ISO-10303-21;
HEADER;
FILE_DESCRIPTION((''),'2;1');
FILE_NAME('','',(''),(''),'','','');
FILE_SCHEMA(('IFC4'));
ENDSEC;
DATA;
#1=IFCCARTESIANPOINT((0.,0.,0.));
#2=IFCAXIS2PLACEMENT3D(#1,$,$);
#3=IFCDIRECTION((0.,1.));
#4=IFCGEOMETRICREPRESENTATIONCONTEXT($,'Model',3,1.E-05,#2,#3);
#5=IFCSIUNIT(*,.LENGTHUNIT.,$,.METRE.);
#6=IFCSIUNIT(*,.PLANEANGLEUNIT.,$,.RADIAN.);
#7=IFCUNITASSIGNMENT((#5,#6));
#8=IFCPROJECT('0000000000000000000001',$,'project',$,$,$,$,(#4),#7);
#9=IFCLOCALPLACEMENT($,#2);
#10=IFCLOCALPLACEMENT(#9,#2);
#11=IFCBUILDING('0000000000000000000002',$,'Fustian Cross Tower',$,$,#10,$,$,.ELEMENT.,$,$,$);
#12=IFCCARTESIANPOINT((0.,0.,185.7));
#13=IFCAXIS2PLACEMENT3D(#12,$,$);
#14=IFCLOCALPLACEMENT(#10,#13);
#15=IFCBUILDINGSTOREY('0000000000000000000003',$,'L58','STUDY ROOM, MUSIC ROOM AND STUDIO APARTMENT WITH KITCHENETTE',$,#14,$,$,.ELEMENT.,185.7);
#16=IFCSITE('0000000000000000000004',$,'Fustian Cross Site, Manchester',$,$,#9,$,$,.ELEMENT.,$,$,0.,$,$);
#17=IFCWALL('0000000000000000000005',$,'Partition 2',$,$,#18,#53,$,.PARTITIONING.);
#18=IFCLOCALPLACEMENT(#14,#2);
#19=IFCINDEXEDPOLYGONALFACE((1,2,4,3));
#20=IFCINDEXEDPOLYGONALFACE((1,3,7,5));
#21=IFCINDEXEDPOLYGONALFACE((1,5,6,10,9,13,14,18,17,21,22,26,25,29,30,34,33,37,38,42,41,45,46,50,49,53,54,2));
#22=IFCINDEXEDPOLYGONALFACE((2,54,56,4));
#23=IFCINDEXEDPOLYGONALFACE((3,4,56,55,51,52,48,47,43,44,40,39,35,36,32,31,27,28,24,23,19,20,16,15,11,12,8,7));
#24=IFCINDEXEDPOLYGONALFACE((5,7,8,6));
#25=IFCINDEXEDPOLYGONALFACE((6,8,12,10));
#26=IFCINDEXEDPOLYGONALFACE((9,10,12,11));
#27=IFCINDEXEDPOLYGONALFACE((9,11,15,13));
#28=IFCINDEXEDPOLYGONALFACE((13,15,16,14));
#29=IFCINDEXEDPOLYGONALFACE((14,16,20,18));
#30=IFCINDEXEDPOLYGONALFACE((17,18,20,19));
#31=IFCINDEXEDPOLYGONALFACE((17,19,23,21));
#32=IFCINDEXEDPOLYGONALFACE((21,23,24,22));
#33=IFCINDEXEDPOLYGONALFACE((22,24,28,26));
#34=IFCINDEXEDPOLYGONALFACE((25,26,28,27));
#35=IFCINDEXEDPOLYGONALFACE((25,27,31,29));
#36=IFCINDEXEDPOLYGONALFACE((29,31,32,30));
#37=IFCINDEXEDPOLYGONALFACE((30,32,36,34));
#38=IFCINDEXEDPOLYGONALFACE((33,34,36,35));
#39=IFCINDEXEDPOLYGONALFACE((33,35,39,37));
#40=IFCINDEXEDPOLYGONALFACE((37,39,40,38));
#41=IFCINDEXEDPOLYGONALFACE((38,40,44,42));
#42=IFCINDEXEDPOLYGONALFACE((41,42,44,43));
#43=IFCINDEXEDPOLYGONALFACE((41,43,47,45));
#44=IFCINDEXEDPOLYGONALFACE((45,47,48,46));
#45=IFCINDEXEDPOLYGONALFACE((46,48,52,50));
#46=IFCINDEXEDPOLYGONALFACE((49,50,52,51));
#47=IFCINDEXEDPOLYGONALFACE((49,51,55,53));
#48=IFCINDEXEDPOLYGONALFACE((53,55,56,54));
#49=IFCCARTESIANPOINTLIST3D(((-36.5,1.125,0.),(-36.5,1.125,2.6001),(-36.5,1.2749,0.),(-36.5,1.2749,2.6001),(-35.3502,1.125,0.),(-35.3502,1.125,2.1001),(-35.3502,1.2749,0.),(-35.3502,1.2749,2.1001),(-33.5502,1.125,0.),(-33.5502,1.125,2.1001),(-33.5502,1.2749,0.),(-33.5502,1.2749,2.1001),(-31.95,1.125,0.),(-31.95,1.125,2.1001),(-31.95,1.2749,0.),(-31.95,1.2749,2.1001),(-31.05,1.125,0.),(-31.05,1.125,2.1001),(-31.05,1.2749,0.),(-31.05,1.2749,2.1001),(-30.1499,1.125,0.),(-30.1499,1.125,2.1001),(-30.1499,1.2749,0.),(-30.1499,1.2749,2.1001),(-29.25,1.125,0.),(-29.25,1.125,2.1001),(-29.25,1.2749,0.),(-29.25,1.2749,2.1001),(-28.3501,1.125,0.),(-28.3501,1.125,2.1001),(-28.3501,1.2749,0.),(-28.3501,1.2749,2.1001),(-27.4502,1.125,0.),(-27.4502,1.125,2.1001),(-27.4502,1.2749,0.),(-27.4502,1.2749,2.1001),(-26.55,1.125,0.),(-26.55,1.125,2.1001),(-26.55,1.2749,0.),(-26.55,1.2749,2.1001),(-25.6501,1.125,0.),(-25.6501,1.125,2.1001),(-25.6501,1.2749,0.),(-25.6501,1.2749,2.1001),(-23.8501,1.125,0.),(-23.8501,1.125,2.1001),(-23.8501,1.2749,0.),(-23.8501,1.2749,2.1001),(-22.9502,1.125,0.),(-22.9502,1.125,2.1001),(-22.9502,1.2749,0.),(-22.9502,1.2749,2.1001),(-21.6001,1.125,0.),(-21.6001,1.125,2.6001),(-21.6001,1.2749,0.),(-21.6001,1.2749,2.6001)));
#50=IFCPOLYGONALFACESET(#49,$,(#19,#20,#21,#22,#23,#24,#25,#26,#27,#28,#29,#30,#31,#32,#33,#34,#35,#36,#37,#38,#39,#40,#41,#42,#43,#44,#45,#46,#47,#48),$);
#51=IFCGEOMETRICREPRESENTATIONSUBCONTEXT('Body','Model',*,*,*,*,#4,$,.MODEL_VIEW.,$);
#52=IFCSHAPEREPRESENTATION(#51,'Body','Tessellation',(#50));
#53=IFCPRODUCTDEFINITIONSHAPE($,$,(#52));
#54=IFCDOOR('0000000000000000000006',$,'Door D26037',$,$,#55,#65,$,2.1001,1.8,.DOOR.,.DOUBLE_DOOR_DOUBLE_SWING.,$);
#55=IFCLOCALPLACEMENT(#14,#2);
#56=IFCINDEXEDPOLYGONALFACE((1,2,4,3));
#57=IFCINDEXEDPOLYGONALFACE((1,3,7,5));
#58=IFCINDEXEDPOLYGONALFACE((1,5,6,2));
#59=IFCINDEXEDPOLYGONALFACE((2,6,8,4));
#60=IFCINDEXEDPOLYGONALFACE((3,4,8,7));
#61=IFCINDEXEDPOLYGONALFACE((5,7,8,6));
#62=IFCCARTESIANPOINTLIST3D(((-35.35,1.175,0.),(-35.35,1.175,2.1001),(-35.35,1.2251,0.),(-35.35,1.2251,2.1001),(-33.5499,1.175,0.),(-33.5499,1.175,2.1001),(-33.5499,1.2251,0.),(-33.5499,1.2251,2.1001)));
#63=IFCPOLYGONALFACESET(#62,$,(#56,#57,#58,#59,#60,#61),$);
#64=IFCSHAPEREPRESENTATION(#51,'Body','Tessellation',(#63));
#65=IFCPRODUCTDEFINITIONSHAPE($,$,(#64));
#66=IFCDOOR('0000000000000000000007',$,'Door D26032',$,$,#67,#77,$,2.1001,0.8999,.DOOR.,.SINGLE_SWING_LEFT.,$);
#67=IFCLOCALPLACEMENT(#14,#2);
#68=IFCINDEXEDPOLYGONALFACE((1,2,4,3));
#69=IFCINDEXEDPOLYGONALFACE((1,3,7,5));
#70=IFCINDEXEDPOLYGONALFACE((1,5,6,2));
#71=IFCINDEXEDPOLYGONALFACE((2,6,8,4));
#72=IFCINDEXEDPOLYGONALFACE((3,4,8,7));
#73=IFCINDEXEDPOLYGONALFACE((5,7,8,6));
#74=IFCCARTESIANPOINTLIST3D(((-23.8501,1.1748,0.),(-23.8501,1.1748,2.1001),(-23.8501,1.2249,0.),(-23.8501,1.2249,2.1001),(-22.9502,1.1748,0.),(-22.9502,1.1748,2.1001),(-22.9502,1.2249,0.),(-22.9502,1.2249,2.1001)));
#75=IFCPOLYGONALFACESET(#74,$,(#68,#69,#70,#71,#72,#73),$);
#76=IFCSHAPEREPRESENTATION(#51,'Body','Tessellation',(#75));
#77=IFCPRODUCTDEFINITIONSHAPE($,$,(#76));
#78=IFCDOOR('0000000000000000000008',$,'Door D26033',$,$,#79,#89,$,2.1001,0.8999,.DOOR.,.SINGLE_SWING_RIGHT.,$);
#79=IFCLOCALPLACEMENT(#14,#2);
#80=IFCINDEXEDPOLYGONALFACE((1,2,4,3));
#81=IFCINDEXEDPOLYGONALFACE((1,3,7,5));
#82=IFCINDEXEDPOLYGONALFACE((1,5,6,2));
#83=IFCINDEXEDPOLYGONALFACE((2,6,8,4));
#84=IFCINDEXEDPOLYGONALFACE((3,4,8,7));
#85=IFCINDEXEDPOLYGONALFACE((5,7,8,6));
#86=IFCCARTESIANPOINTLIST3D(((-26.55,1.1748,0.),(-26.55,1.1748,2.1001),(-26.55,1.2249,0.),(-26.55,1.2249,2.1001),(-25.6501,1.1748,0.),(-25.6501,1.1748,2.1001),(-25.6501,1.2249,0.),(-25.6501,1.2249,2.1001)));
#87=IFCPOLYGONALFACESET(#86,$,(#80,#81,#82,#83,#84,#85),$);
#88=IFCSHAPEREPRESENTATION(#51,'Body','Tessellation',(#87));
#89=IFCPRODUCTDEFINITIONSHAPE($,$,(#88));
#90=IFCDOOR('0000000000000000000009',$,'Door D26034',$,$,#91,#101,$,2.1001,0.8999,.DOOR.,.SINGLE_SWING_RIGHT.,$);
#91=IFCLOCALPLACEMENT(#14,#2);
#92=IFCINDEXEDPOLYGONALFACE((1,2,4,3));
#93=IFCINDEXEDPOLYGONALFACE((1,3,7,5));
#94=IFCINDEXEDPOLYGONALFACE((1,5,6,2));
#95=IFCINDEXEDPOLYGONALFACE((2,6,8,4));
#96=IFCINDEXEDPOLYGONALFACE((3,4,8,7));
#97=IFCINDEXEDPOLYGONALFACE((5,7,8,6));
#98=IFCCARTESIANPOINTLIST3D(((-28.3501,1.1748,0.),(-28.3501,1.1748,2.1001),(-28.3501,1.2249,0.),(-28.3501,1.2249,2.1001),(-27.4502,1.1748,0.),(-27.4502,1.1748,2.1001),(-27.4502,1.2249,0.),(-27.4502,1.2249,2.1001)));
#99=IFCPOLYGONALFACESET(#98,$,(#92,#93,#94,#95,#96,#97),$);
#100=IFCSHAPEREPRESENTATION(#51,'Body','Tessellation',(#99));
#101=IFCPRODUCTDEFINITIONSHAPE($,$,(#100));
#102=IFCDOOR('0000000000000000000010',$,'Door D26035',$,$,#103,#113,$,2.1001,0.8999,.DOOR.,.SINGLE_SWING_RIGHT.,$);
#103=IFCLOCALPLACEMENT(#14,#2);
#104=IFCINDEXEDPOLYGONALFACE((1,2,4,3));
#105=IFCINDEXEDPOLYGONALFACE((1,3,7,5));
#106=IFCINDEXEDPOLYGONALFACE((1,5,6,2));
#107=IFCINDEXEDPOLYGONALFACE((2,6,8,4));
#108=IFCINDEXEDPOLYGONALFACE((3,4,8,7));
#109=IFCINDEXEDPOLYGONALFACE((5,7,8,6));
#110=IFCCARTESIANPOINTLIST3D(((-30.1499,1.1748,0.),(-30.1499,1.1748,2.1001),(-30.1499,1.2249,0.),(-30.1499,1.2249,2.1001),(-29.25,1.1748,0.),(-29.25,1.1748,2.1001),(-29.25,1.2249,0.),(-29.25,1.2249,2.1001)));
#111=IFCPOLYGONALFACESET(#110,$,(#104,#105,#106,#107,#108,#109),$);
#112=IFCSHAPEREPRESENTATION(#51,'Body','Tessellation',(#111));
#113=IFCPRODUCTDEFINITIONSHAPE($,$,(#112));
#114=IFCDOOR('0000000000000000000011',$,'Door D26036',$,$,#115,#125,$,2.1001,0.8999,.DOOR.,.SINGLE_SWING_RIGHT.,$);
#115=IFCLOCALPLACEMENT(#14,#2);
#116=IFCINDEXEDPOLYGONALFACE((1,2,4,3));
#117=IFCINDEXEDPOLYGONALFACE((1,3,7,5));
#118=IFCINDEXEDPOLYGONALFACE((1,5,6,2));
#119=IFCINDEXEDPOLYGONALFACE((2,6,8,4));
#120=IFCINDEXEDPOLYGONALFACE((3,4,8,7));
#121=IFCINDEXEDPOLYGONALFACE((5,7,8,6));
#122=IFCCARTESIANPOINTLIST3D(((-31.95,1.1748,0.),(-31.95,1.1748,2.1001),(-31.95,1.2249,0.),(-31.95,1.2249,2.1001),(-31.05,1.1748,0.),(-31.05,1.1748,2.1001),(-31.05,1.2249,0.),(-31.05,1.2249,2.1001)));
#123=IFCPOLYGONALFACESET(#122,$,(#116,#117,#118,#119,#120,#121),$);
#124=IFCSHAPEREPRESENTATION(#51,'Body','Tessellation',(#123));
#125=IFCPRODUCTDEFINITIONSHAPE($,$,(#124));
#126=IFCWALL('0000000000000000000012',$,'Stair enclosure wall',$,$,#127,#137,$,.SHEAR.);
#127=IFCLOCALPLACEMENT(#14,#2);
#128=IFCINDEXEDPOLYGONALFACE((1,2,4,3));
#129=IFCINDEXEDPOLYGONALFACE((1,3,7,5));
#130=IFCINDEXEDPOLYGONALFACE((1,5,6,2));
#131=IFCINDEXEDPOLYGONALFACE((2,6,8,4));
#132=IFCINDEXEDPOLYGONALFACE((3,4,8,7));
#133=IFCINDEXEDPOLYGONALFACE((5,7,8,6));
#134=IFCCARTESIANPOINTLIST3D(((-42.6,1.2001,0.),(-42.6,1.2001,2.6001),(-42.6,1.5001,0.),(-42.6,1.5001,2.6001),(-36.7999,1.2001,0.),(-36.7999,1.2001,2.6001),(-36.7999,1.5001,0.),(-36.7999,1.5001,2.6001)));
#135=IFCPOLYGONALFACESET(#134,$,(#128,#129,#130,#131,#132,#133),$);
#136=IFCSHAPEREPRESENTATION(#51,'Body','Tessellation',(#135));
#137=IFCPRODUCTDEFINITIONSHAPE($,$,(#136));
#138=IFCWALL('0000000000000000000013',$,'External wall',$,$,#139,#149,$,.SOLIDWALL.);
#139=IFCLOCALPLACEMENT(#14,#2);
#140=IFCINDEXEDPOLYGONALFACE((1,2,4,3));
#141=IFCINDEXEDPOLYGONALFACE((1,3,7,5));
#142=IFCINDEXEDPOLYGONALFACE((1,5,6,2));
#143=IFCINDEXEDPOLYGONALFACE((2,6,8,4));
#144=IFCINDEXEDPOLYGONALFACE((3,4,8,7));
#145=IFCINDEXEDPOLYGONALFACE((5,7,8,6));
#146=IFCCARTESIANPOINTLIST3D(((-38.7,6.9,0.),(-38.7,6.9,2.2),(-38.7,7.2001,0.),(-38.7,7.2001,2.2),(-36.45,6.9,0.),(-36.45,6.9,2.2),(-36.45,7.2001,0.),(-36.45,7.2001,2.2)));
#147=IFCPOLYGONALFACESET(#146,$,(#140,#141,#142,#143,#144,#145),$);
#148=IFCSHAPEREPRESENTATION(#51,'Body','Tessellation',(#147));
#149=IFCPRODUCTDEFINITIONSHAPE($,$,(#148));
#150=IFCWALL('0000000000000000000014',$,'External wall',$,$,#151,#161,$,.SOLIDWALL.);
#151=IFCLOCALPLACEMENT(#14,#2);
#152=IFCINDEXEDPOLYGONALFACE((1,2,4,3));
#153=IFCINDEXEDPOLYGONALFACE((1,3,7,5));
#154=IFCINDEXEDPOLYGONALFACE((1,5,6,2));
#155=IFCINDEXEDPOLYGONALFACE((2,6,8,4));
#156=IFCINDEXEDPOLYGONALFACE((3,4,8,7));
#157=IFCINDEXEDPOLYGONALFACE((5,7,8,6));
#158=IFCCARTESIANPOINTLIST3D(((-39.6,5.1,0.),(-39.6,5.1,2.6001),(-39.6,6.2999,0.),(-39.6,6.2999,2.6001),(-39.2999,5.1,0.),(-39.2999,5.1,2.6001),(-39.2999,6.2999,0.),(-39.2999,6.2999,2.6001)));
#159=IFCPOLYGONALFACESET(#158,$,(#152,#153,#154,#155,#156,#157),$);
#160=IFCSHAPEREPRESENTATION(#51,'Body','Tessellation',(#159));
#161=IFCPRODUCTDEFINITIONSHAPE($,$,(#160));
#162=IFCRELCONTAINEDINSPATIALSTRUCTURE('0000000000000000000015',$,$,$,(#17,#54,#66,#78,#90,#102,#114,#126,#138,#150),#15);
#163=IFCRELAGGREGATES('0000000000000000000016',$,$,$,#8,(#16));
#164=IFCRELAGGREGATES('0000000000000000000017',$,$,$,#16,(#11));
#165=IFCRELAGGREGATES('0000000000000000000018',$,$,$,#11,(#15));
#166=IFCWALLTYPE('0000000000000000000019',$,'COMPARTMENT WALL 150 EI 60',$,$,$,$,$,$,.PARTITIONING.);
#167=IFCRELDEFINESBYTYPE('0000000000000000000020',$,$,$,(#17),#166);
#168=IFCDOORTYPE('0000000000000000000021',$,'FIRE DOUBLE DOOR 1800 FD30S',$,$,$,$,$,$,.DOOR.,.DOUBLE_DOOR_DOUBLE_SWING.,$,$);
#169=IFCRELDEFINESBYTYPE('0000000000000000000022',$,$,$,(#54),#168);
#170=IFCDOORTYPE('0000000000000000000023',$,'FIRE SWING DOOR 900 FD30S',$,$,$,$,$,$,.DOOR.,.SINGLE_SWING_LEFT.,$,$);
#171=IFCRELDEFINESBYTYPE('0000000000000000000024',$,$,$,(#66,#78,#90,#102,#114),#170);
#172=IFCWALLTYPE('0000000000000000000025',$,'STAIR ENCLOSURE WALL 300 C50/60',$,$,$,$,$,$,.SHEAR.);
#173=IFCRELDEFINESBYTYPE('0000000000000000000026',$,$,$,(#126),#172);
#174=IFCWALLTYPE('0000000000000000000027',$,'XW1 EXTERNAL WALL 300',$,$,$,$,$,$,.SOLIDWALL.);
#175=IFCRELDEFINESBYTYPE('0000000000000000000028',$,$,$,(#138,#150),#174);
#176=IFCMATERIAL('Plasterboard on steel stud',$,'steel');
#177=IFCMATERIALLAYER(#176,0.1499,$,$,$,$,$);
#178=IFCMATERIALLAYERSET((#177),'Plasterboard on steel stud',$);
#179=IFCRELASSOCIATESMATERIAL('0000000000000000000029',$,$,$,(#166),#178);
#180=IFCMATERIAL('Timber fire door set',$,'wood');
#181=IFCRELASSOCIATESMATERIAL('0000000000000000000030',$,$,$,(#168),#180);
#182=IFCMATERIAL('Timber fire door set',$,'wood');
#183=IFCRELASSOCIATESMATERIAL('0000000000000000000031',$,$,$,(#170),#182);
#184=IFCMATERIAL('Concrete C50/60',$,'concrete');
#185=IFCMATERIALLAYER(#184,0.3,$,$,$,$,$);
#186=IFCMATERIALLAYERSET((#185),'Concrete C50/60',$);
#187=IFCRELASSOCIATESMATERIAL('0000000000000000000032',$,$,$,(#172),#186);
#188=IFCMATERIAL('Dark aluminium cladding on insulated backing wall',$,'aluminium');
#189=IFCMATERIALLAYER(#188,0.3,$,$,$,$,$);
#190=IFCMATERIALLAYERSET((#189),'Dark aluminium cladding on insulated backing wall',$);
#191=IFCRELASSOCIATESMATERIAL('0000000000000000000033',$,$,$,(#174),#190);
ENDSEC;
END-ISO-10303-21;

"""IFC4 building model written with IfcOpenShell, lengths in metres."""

from ifc_helpers import new_model, si_unit, direction, frame, frame_2d, origin, place, context, subcontext, project, spatial, rectangle, extrude, material, layer, layer_set, type_object, element, fill, save


model = new_model("IFC4")

# Units and contexts
model_context = context("Model", 3, precision=1e-05, world=origin(), true_north=direction((0.0, 1.0)))
body_context = subcontext(model_context, "Body", "Model", "MODEL_VIEW")
ifc_project = project(units=[si_unit("LENGTHUNIT", "METRE"), si_unit("PLANEANGLEUNIT", "RADIAN")], contexts=[model_context])

# Site, building, storey
site_placement = place(None, origin())
site = spatial("IfcSite", under=ifc_project, at=site_placement, Name="Fustian Cross Site, Manchester", CompositionType="ELEMENT", RefElevation=0.0)
building_placement = place(site_placement, origin())
building = spatial("IfcBuilding", under=site, at=building_placement, Name="Fustian Cross Tower", CompositionType="ELEMENT")
storey_placement = place(building_placement, frame((0.0, 0.0, 185.7)))
storey = spatial("IfcBuildingStorey", under=building, at=storey_placement, Name="L58", Description="STUDY ROOM, MUSIC ROOM AND STUDIO APARTMENT WITH KITCHENETTE", CompositionType="ELEMENT", Elevation=185.7)

# Wall, openings, doors
ifc_material_1 = material(Name="Plasterboard on steel stud", Category="steel")
ifc_layer_1 = layer(ifc_material_1, 0.1499)
ifc_layer_set_1 = layer_set([ifc_layer_1], Name="Plasterboard on steel stud")
wall_type_1 = type_object("IfcWallType", Name="COMPARTMENT WALL 150 EI 60", PredefinedType="PARTITIONING", material=ifc_layer_set_1)
ifc_material_2 = material(Name="Timber fire door set", Category="wood")
door_type_1 = type_object("IfcDoorType", Name="FIRE DOUBLE DOOR 1800 FD30S", OperationType="DOUBLE_DOOR_DOUBLE_SWING", PredefinedType="DOOR", material=ifc_material_2)
ifc_material_3 = material(Name="Timber fire door set", Category="wood")
door_type_2 = type_object("IfcDoorType", Name="FIRE SWING DOOR 900 FD30S", OperationType="SINGLE_SWING_LEFT", PredefinedType="DOOR", material=ifc_material_3)
wall_1_placement = place(storey_placement, frame((-36.5, 1.2, 0.0), z_axis=(0.0, 0.0, 1.0), x_axis=(1.0, 0.0, 0.0)))
wall_1 = element("IfcWall", 1, at=wall_1_placement, inside=storey, type_object=wall_type_1, Name="Partition 2", PredefinedType="PARTITIONING", context=body_context, shape_type="SweptSolid", body=[
    extrude(rectangle(XDim=14.8999, YDim=0.1499, at=frame_2d((7.45, 0.0))), origin(), (0.0, 0.0, 1.0), 2.6001),
])
opening_1_placement = place(wall_1_placement, frame((12.6499, 0.0, 0.0)))
opening_1 = element("IfcOpeningElement", 2, at=opening_1_placement, cuts=wall_1, PredefinedType="OPENING", context=body_context, shape_type="SweptSolid", body=[
    extrude(rectangle(XDim=0.8999, YDim=2.1001, at=frame_2d((0.45, 1.05))), frame((0.0, 0.085, 0.0), z_axis=(0.0, -1.0, 0.0), x_axis=(1.0, 0.0, 0.0)), (0.0, 0.0, 1.0), 0.1699),
])
opening_2_placement = place(wall_1_placement, frame((9.95, 0.0, 0.0)))
opening_2 = element("IfcOpeningElement", 3, at=opening_2_placement, cuts=wall_1, PredefinedType="OPENING", context=body_context, shape_type="SweptSolid", body=[
    extrude(rectangle(XDim=0.8999, YDim=2.1001, at=frame_2d((0.45, 1.05))), frame((0.0, 0.085, 0.0), z_axis=(0.0, -1.0, 0.0), x_axis=(1.0, 0.0, 0.0)), (0.0, 0.0, 1.0), 0.1699),
])
opening_3_placement = place(wall_1_placement, frame((8.1499, 0.0, 0.0)))
opening_3 = element("IfcOpeningElement", 4, at=opening_3_placement, cuts=wall_1, PredefinedType="OPENING", context=body_context, shape_type="SweptSolid", body=[
    extrude(rectangle(XDim=0.8999, YDim=2.1001, at=frame_2d((0.45, 1.05))), frame((0.0, 0.085, 0.0), z_axis=(0.0, -1.0, 0.0), x_axis=(1.0, 0.0, 0.0)), (0.0, 0.0, 1.0), 0.1699),
])
opening_4_placement = place(wall_1_placement, frame((6.3501, 0.0, 0.0)))
opening_4 = element("IfcOpeningElement", 5, at=opening_4_placement, cuts=wall_1, PredefinedType="OPENING", context=body_context, shape_type="SweptSolid", body=[
    extrude(rectangle(XDim=0.8999, YDim=2.1001, at=frame_2d((0.45, 1.05))), frame((0.0, 0.085, 0.0), z_axis=(0.0, -1.0, 0.0), x_axis=(1.0, 0.0, 0.0)), (0.0, 0.0, 1.0), 0.1699),
])
opening_5_placement = place(wall_1_placement, frame((4.55, 0.0, 0.0)))
opening_5 = element("IfcOpeningElement", 6, at=opening_5_placement, cuts=wall_1, PredefinedType="OPENING", context=body_context, shape_type="SweptSolid", body=[
    extrude(rectangle(XDim=0.8999, YDim=2.1001, at=frame_2d((0.45, 1.05))), frame((0.0, 0.085, 0.0), z_axis=(0.0, -1.0, 0.0), x_axis=(1.0, 0.0, 0.0)), (0.0, 0.0, 1.0), 0.1699),
])
opening_6_placement = place(wall_1_placement, frame((1.1499, 0.0, 0.0)))
opening_6 = element("IfcOpeningElement", 7, at=opening_6_placement, cuts=wall_1, PredefinedType="OPENING", context=body_context, shape_type="SweptSolid", body=[
    extrude(rectangle(XDim=1.8, YDim=2.1001, at=frame_2d((0.8999, 1.05))), frame((0.0, 0.085, 0.0), z_axis=(0.0, -1.0, 0.0), x_axis=(1.0, 0.0, 0.0)), (0.0, 0.0, 1.0), 0.1699),
])
door_1_placement = place(opening_6_placement, frame((1.8, 0.0, 0.0), z_axis=(0.0, 0.0, 1.0), x_axis=(-1.0, 0.0, 0.0)))
door_1 = element("IfcDoor", 8, at=door_1_placement, inside=storey, type_object=door_type_1, Name="Door D26037", OperationType="DOUBLE_DOOR_DOUBLE_SWING", OverallHeight=2.1001, OverallWidth=1.8, PredefinedType="DOOR", context=body_context, shape_type="SweptSolid", body=[
    extrude(rectangle(XDim=1.8, YDim=2.1001, at=frame_2d((0.8999, 1.05))), frame((0.0, 0.0249, 0.0), z_axis=(0.0, -1.0, 0.0), x_axis=(1.0, 0.0, 0.0)), (0.0, 0.0, 1.0), 0.05),
])
fill(opening_6, door_1)
door_2_placement = place(opening_1_placement, origin())
door_2 = element("IfcDoor", 9, at=door_2_placement, inside=storey, type_object=door_type_2, Name="Door D26032", OperationType="SINGLE_SWING_LEFT", OverallHeight=2.1001, OverallWidth=0.8999, PredefinedType="DOOR", context=body_context, shape_type="SweptSolid", body=[
    extrude(rectangle(XDim=0.8999, YDim=2.1001, at=frame_2d((0.45, 1.05))), frame((0.0, 0.0249, 0.0), z_axis=(0.0, -1.0, 0.0), x_axis=(1.0, 0.0, 0.0)), (0.0, 0.0, 1.0), 0.05),
])
fill(opening_1, door_2)
door_3_placement = place(opening_2_placement, origin())
door_3 = element("IfcDoor", 10, at=door_3_placement, inside=storey, type_object=door_type_2, Name="Door D26033", OperationType="SINGLE_SWING_RIGHT", OverallHeight=2.1001, OverallWidth=0.8999, PredefinedType="DOOR", context=body_context, shape_type="SweptSolid", body=[
    extrude(rectangle(XDim=0.8999, YDim=2.1001, at=frame_2d((0.45, 1.05))), frame((0.0, 0.0249, 0.0), z_axis=(0.0, -1.0, 0.0), x_axis=(1.0, 0.0, 0.0)), (0.0, 0.0, 1.0), 0.05),
])
fill(opening_2, door_3)
door_4_placement = place(opening_3_placement, origin())
door_4 = element("IfcDoor", 11, at=door_4_placement, inside=storey, type_object=door_type_2, Name="Door D26034", OperationType="SINGLE_SWING_RIGHT", OverallHeight=2.1001, OverallWidth=0.8999, PredefinedType="DOOR", context=body_context, shape_type="SweptSolid", body=[
    extrude(rectangle(XDim=0.8999, YDim=2.1001, at=frame_2d((0.45, 1.05))), frame((0.0, 0.0249, 0.0), z_axis=(0.0, -1.0, 0.0), x_axis=(1.0, 0.0, 0.0)), (0.0, 0.0, 1.0), 0.05),
])
fill(opening_3, door_4)
door_5_placement = place(opening_4_placement, origin())
door_5 = element("IfcDoor", 12, at=door_5_placement, inside=storey, type_object=door_type_2, Name="Door D26035", OperationType="SINGLE_SWING_RIGHT", OverallHeight=2.1001, OverallWidth=0.8999, PredefinedType="DOOR", context=body_context, shape_type="SweptSolid", body=[
    extrude(rectangle(XDim=0.8999, YDim=2.1001, at=frame_2d((0.45, 1.05))), frame((0.0, 0.0249, 0.0), z_axis=(0.0, -1.0, 0.0), x_axis=(1.0, 0.0, 0.0)), (0.0, 0.0, 1.0), 0.05),
])
fill(opening_4, door_5)
door_6_placement = place(opening_5_placement, origin())
door_6 = element("IfcDoor", 13, at=door_6_placement, inside=storey, type_object=door_type_2, Name="Door D26036", OperationType="SINGLE_SWING_RIGHT", OverallHeight=2.1001, OverallWidth=0.8999, PredefinedType="DOOR", context=body_context, shape_type="SweptSolid", body=[
    extrude(rectangle(XDim=0.8999, YDim=2.1001, at=frame_2d((0.45, 1.05))), frame((0.0, 0.0249, 0.0), z_axis=(0.0, -1.0, 0.0), x_axis=(1.0, 0.0, 0.0)), (0.0, 0.0, 1.0), 0.05),
])
fill(opening_5, door_6)

# Walls
ifc_material_4 = material(Name="Concrete C50/60", Category="concrete")
ifc_layer_2 = layer(ifc_material_4, 0.3)
ifc_layer_set_2 = layer_set([ifc_layer_2], Name="Concrete C50/60")
wall_type_2 = type_object("IfcWallType", Name="STAIR ENCLOSURE WALL 300 C50/60", PredefinedType="SHEAR", material=ifc_layer_set_2)
wall_2_placement = place(storey_placement, frame((-36.8, 1.3501, 0.0), z_axis=(0.0, 0.0, 1.0), x_axis=(-1.0, 0.0, 0.0)))
element("IfcWall", 14, at=wall_2_placement, inside=storey, type_object=wall_type_2, Name="Stair enclosure wall", PredefinedType="SHEAR", context=body_context, shape_type="SweptSolid", body=[
    extrude(rectangle(XDim=5.8, YDim=0.3, at=frame_2d((2.8999, 0.0))), origin(), (0.0, 0.0, 1.0), 2.6001),
])
ifc_material_5 = material(Name="Dark aluminium cladding on insulated backing wall", Category="aluminium")
ifc_layer_3 = layer(ifc_material_5, 0.3)
ifc_layer_set_3 = layer_set([ifc_layer_3], Name="Dark aluminium cladding on insulated backing wall")
wall_type_3 = type_object("IfcWallType", Name="XW1 EXTERNAL WALL 300", PredefinedType="SOLIDWALL", material=ifc_layer_set_3)
wall_3_placement = place(storey_placement, frame((-36.45, 7.05, 0.0), z_axis=(0.0, 0.0, 1.0), x_axis=(-1.0, 0.0, 0.0)))
element("IfcWall", 15, at=wall_3_placement, inside=storey, type_object=wall_type_3, Name="External wall", PredefinedType="SOLIDWALL", context=body_context, shape_type="SweptSolid", body=[
    extrude(rectangle(XDim=2.25, YDim=0.3, at=frame_2d((1.125, 0.0))), origin(), (0.0, 0.0, 1.0), 2.2),
])
wall_4_placement = place(storey_placement, frame((-39.45, 6.3, 0.0), z_axis=(0.0, 0.0, 1.0), x_axis=(0.0, -1.0, 0.0)))
element("IfcWall", 16, at=wall_4_placement, inside=storey, type_object=wall_type_3, Name="External wall", PredefinedType="SOLIDWALL", context=body_context, shape_type="SweptSolid", body=[
    extrude(rectangle(XDim=1.2, YDim=0.3, at=frame_2d((0.6001, 0.0))), origin(), (0.0, 0.0, 1.0), 2.6001),
])

save(model, "model.ifc")
